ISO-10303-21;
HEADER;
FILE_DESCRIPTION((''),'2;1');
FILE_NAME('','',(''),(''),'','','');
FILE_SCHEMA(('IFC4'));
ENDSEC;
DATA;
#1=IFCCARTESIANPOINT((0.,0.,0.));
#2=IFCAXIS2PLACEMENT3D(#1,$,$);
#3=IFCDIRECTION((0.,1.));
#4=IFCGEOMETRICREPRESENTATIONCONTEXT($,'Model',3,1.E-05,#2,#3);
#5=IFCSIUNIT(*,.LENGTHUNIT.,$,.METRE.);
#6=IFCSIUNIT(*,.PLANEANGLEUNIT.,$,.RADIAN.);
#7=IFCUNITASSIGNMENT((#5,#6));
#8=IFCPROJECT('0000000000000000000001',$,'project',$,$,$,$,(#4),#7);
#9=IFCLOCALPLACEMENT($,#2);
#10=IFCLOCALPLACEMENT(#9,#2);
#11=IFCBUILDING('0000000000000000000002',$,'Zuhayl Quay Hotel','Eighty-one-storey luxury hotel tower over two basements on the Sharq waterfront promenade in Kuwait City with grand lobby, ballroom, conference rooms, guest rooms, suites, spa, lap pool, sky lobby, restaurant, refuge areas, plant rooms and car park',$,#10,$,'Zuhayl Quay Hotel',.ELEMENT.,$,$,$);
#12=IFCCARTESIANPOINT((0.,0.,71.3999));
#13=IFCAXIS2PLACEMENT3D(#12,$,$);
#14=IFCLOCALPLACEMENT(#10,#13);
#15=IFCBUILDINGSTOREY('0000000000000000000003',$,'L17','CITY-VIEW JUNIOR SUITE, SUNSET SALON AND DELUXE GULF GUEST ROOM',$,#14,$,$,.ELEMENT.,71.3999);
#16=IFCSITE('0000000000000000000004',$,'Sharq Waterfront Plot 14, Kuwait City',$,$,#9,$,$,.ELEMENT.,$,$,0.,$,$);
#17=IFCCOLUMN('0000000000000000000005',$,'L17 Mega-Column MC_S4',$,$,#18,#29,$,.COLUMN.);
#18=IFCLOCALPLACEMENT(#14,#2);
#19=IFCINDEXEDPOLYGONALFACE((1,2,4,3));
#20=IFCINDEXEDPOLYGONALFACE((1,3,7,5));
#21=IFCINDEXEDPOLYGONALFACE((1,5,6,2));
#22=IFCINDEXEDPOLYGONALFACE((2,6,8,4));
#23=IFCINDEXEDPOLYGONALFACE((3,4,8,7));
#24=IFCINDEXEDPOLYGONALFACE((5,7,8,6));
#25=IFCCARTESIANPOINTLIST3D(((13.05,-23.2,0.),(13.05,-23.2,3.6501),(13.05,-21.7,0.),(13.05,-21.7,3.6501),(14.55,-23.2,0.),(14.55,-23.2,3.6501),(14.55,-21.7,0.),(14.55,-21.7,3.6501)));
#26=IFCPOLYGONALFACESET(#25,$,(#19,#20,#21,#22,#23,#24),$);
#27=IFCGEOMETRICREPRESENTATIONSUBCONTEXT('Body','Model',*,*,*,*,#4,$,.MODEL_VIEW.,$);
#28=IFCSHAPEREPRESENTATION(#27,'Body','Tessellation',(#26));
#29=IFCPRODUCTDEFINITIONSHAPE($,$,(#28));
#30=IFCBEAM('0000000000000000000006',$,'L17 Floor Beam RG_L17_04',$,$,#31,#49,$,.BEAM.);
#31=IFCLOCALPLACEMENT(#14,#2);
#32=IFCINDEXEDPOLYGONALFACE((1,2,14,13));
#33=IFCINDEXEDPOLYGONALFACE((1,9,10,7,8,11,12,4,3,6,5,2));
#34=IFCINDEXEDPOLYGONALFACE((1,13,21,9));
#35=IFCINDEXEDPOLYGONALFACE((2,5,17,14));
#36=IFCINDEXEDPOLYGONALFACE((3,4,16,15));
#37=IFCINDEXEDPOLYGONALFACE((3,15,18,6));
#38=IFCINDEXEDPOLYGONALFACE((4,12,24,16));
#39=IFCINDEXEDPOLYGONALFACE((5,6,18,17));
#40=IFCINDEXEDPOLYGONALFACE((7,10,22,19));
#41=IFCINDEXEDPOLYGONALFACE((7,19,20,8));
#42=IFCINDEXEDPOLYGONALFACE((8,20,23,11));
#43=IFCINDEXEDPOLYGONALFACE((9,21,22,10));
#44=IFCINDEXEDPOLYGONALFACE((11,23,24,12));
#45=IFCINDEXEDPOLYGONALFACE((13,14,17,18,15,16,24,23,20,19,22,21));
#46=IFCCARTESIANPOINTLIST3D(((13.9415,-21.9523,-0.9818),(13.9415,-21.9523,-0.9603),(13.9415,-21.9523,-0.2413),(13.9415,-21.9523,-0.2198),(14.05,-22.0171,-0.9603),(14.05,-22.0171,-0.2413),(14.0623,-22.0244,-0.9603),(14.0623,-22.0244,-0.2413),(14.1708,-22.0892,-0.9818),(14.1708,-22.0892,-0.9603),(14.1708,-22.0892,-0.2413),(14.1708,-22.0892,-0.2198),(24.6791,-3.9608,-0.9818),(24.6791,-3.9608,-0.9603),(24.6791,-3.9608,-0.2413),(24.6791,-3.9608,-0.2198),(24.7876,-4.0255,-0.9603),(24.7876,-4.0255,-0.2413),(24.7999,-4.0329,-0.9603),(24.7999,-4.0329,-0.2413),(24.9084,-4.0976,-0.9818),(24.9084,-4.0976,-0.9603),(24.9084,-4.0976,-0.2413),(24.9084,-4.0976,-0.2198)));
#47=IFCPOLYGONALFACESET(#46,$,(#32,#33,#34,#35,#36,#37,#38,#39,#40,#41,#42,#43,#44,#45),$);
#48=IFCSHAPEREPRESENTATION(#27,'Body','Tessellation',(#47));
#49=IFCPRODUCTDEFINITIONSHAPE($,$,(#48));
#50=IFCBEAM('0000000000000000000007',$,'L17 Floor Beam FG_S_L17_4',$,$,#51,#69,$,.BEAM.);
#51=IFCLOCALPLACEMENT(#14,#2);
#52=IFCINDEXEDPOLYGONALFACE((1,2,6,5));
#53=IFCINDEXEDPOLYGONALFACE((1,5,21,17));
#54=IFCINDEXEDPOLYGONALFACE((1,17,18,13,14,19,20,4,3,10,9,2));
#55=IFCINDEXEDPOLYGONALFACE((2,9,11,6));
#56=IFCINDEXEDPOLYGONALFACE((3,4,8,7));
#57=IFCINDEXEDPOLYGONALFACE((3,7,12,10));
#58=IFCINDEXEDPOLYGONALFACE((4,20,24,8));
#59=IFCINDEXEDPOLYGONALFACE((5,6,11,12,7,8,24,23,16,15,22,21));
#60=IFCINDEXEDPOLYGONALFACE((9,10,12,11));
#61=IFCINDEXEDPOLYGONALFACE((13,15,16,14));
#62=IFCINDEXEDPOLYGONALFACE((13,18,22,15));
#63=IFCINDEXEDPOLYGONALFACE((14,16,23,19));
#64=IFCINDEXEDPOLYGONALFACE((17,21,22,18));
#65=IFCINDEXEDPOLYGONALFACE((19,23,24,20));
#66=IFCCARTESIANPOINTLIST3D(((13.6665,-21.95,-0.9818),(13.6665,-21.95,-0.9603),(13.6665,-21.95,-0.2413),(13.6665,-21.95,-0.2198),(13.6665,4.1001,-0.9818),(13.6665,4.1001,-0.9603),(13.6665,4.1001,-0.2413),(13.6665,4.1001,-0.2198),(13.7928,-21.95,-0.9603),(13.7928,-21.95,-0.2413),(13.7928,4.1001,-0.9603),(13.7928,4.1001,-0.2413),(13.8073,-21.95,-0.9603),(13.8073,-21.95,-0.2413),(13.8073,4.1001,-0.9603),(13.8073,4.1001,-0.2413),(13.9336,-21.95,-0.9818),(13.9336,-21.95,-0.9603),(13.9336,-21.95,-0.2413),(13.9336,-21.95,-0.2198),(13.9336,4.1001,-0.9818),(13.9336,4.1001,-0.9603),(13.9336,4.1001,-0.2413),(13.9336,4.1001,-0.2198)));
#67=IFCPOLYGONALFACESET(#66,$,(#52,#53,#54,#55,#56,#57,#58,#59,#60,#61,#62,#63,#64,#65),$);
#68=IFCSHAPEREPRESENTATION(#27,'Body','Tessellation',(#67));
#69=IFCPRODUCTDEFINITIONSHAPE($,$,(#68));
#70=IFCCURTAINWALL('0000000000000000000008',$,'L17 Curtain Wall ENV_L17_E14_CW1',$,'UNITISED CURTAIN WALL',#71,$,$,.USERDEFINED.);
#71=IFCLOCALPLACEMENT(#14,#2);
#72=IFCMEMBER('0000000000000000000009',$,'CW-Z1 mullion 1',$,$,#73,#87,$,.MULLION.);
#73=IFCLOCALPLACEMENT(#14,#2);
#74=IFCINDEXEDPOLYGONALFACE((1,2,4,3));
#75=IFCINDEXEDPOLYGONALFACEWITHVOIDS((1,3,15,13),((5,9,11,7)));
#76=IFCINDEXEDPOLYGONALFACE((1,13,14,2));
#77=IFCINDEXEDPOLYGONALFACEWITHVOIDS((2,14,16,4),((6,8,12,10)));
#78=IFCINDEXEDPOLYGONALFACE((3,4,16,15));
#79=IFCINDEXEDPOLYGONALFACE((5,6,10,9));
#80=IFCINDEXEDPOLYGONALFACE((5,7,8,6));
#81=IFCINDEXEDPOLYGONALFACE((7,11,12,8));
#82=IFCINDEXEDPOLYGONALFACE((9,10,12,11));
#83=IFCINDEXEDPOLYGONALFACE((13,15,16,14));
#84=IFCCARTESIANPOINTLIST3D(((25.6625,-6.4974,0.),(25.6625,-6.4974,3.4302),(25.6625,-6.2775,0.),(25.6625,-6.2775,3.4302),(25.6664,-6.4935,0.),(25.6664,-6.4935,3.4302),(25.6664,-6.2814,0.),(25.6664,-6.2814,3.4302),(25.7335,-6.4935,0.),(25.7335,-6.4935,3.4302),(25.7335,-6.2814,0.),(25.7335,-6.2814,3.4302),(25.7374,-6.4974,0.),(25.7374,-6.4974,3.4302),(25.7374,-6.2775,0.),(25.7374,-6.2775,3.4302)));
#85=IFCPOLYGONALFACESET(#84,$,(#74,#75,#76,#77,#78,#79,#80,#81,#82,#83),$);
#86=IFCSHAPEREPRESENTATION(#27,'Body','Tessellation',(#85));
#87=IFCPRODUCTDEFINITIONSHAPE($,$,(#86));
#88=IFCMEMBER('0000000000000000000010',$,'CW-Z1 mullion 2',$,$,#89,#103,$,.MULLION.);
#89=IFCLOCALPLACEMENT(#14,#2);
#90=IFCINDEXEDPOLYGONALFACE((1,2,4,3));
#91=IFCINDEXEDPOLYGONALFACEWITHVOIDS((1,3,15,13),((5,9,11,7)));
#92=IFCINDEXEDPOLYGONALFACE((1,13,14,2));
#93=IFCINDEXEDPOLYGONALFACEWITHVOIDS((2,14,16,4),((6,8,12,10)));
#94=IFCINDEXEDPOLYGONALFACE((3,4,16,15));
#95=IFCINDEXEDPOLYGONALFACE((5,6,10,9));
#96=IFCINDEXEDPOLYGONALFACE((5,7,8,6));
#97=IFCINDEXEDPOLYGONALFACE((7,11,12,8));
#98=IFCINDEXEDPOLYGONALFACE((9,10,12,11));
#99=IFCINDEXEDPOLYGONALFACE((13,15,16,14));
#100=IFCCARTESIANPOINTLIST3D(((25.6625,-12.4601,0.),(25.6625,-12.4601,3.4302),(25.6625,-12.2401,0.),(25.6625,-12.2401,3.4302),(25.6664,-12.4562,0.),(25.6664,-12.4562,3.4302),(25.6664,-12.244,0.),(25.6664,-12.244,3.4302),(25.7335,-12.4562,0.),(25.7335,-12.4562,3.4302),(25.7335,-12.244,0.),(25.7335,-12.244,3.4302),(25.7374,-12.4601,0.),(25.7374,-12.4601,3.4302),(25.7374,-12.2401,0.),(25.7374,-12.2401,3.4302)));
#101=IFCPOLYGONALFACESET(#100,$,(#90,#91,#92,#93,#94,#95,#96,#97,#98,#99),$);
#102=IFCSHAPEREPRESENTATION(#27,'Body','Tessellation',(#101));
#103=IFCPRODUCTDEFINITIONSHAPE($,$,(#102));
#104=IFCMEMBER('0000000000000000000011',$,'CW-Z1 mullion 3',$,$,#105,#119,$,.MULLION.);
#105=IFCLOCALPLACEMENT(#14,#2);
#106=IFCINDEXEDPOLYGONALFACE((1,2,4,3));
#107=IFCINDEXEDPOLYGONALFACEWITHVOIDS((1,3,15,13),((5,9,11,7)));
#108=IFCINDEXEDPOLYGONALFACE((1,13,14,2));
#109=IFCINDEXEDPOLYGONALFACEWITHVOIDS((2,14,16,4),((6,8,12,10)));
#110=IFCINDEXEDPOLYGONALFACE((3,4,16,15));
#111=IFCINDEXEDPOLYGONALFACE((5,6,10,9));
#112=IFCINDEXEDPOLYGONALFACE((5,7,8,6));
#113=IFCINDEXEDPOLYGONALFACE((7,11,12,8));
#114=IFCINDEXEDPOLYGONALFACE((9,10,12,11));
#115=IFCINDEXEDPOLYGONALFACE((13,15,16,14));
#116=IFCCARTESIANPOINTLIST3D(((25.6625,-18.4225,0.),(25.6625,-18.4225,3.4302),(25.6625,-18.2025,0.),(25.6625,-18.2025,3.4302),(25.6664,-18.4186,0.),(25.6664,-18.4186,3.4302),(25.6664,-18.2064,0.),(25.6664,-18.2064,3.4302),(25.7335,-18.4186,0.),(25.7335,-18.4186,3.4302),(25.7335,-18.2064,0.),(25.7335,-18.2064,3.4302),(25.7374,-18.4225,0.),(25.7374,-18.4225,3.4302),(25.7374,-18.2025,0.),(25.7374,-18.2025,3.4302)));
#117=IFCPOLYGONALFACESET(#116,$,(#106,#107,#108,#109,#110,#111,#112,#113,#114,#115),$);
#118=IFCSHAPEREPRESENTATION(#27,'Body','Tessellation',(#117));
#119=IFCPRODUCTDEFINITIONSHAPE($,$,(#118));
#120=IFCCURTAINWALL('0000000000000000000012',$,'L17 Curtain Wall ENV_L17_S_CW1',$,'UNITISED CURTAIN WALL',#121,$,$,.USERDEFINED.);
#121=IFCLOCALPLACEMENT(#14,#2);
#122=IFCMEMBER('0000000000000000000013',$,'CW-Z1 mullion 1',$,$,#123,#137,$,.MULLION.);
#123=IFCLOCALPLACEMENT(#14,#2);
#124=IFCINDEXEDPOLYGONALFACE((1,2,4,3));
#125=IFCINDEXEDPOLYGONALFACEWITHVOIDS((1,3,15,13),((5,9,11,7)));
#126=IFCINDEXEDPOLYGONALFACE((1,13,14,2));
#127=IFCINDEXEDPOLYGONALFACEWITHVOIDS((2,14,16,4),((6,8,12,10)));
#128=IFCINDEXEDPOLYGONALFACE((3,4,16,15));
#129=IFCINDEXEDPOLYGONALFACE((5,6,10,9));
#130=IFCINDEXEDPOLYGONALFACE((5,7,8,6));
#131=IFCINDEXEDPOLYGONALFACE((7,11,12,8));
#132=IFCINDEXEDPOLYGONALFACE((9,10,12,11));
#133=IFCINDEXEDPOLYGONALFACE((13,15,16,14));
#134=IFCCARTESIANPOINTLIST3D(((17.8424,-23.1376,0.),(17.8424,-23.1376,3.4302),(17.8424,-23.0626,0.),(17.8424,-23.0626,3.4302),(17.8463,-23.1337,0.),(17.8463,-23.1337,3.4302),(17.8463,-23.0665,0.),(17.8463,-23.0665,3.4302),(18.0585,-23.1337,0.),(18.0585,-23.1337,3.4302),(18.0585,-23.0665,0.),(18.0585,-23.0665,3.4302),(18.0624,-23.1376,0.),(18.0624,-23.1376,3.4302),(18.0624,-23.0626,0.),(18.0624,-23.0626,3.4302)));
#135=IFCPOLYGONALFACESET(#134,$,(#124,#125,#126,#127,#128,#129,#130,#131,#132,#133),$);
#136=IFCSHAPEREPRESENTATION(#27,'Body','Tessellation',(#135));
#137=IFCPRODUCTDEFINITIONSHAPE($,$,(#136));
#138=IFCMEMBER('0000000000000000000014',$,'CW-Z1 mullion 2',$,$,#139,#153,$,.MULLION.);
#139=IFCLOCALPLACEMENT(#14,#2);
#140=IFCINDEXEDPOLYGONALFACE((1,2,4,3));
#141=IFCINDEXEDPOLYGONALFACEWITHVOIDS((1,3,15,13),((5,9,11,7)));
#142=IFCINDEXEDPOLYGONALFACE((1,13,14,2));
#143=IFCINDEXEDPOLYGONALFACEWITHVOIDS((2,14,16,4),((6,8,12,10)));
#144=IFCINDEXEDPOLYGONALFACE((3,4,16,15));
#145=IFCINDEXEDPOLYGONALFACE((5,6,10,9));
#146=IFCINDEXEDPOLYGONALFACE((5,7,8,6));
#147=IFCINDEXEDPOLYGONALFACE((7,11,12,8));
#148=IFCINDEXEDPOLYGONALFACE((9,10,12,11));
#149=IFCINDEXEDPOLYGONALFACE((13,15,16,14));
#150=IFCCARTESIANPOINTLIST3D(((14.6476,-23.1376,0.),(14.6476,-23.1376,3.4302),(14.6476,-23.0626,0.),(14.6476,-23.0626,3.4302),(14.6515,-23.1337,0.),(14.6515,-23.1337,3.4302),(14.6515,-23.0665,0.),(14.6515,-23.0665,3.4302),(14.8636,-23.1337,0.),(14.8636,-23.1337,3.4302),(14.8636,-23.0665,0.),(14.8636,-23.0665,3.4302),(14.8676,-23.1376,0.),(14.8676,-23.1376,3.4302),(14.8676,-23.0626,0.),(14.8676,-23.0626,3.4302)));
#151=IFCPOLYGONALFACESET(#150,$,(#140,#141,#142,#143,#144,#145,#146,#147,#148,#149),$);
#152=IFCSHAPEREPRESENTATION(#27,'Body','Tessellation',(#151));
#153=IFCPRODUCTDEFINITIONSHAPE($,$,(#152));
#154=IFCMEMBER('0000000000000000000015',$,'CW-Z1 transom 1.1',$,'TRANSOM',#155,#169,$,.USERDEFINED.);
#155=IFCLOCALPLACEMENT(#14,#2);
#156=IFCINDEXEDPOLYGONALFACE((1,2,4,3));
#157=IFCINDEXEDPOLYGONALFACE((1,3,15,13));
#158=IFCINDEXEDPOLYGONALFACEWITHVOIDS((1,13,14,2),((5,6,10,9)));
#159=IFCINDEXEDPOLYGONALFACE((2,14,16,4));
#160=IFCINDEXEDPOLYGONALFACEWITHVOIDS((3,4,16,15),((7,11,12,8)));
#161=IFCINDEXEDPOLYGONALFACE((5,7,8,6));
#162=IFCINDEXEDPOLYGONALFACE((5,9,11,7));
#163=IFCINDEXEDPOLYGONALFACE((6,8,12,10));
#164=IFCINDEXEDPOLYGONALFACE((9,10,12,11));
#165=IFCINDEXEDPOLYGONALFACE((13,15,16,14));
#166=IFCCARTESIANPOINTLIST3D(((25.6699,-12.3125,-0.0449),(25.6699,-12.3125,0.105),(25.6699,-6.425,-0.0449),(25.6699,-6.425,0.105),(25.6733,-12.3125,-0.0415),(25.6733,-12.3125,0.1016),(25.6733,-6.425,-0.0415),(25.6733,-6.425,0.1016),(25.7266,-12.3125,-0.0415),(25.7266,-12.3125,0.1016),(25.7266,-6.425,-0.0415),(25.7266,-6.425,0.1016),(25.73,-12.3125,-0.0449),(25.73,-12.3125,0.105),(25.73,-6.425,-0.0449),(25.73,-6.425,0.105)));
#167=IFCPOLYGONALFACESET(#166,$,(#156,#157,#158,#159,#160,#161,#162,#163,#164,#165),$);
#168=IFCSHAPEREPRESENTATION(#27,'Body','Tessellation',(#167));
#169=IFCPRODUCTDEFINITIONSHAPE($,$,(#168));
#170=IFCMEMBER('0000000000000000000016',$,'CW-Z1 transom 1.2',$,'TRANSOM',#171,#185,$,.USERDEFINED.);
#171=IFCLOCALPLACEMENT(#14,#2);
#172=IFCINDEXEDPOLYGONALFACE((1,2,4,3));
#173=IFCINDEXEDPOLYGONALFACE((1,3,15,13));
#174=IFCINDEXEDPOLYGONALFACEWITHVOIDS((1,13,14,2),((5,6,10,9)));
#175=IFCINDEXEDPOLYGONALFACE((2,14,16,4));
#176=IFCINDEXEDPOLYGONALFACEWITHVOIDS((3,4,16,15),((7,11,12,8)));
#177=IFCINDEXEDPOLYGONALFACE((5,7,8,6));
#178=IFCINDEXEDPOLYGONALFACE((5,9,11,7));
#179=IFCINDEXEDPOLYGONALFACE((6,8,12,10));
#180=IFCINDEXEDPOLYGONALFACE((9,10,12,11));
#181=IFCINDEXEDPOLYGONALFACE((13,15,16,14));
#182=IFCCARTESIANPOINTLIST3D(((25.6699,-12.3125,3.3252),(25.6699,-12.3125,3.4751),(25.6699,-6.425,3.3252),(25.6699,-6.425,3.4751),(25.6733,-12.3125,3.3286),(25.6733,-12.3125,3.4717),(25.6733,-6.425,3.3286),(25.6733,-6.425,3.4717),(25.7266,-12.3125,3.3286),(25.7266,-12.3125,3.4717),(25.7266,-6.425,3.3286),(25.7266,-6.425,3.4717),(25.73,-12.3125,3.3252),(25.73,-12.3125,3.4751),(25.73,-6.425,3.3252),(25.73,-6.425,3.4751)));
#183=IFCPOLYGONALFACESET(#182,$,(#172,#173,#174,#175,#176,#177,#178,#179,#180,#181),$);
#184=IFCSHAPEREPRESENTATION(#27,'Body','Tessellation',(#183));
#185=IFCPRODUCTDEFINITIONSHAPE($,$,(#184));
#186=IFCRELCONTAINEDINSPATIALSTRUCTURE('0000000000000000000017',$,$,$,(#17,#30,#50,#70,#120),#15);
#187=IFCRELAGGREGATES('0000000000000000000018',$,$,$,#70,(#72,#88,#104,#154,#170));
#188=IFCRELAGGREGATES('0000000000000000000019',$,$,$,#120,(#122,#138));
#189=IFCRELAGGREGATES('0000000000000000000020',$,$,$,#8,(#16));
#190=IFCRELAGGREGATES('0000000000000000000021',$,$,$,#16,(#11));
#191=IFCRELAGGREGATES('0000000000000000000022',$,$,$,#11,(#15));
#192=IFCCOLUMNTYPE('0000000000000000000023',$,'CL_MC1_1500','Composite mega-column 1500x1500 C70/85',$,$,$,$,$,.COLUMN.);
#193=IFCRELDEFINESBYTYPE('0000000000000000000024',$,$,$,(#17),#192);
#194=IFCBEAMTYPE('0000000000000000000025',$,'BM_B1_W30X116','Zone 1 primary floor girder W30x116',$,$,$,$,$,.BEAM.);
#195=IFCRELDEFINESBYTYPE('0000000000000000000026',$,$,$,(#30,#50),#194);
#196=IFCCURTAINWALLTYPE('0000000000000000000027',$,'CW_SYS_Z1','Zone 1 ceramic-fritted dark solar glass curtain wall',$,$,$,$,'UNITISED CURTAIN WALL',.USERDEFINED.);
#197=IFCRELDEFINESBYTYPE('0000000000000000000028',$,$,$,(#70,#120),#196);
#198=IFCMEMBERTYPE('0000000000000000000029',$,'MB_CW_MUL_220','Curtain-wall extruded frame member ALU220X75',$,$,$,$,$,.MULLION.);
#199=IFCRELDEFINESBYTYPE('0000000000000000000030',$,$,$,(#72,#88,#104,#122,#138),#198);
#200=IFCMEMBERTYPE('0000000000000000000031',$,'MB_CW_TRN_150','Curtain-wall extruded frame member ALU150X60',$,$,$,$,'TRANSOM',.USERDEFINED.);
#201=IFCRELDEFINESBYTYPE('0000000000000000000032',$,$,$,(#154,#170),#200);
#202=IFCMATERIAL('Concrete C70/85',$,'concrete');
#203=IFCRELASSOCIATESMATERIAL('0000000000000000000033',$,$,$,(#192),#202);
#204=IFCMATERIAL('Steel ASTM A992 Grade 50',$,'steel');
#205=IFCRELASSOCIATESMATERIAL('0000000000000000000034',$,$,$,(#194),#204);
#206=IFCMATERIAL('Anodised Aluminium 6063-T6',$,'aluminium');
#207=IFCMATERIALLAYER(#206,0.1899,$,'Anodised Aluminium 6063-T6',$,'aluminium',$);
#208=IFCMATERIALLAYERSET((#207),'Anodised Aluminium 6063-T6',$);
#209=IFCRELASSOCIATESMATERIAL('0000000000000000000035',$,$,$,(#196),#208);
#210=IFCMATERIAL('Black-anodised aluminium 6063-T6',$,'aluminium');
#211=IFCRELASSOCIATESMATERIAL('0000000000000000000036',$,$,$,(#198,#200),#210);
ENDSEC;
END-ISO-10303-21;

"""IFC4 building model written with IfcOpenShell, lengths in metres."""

from ifc_helpers import new_model, si_unit, direction, frame, origin, origin_2d, place, context, subcontext, project, spatial, rectangle, hollow_rectangle, i_section, extrude, material, layer, layer_set, material_profile, profile_set, type_object, element, aggregate, save


model = new_model("IFC4")

# Units and contexts
model_context = context("Model", 3, precision=1e-05, world=origin(), true_north=direction((0.0, 1.0)))
body_context = subcontext(model_context, "Body", "Model", "MODEL_VIEW")
ifc_project = project(units=[si_unit("LENGTHUNIT", "METRE"), si_unit("PLANEANGLEUNIT", "RADIAN")], contexts=[model_context])

# Site, building, storey
site_placement = place(None, origin())
site = spatial("IfcSite", under=ifc_project, at=site_placement, Name="Sharq Waterfront Plot 14, Kuwait City", CompositionType="ELEMENT", RefElevation=0.0)
building_placement = place(site_placement, origin())
building = spatial("IfcBuilding", under=site, at=building_placement, Name="Zuhayl Quay Hotel", Description="Eighty-one-storey luxury hotel tower over two basements on the Sharq waterfront promenade in Kuwait City with grand lobby, ballroom, conference rooms, guest rooms, suites, spa, lap pool, sky lobby, restaurant, refuge areas, plant rooms and car park", LongName="Zuhayl Quay Hotel", CompositionType="ELEMENT")
storey_placement = place(building_placement, frame((0.0, 0.0, 71.3999)))
storey = spatial("IfcBuildingStorey", under=building, at=storey_placement, Name="L17", Description="CITY-VIEW JUNIOR SUITE, SUNSET SALON AND DELUXE GULF GUEST ROOM", CompositionType="ELEMENT", Elevation=71.3999)

# Column
ifc_material_1 = material(Name="Concrete C70/85", Category="concrete")
ifc_material_profile_1 = material_profile(ifc_material_1, rectangle(XDim=1.5, YDim=1.5, at=origin_2d()), Name="RC1500X1500")
ifc_profile_set_1 = profile_set([ifc_material_profile_1], Name="Concrete C70/85")
column_type = type_object("IfcColumnType", Name="CL_MC1_1500", Description="Composite mega-column 1500x1500 C70/85", PredefinedType="COLUMN", material=ifc_profile_set_1)
column_placement = place(storey_placement, frame((13.8, -22.45, 0.0), z_axis=(0.0, 0.0, 1.0), x_axis=(1.0, 0.0, 0.0)))
element("IfcColumn", 1, at=column_placement, inside=storey, type_object=column_type, Name="L17 Mega-Column MC_S4", PredefinedType="COLUMN", context=body_context, shape_type="SweptSolid", body=[
    extrude(rectangle(XDim=1.5, YDim=1.5, at=origin_2d()), origin(), (0.0, 0.0, 1.0), 3.6501),
])

# Beams
ifc_material_2 = material(Name="Steel ASTM A992 Grade 50", Category="steel")
ifc_material_profile_2 = material_profile(ifc_material_2, i_section(OverallWidth=0.2671, OverallDepth=0.762, WebThickness=0.0144, FlangeThickness=0.0215, at=origin_2d()), Name="W30X116")
ifc_profile_set_2 = profile_set([ifc_material_profile_2], Name="Steel ASTM A992 Grade 50")
beam_type = type_object("IfcBeamType", Name="BM_B1_W30X116", Description="Zone 1 primary floor girder W30x116", PredefinedType="BEAM", material=ifc_profile_set_2)
beam_1_placement = place(storey_placement, frame((14.0562, -22.0208, -0.6008), z_axis=(0.512483, 0.858698, 0.0), x_axis=(-0.858698, 0.512483, 0.0)))
element("IfcBeam", 2, at=beam_1_placement, inside=storey, type_object=beam_type, Name="L17 Floor Beam RG_L17_04", PredefinedType="BEAM", context=body_context, shape_type="SweptSolid", body=[
    extrude(i_section(OverallWidth=0.2671, OverallDepth=0.762, WebThickness=0.0144, FlangeThickness=0.0215, at=origin_2d()), origin(), (0.0, 0.0, 1.0), 20.9521),
])
beam_2_placement = place(storey_placement, frame((13.8, -21.95, -0.6008), z_axis=(0.0, 1.0, 0.0), x_axis=(-1.0, 0.0, 0.0)))
element("IfcBeam", 3, at=beam_2_placement, inside=storey, type_object=beam_type, Name="L17 Floor Beam FG_S_L17_4", PredefinedType="BEAM", context=body_context, shape_type="SweptSolid", body=[
    extrude(i_section(OverallWidth=0.2671, OverallDepth=0.762, WebThickness=0.0144, FlangeThickness=0.0215, at=origin_2d()), origin(), (0.0, 0.0, 1.0), 26.05),
])

# Curtain walls, members
ifc_material_3 = material(Name="Anodised Aluminium 6063-T6", Category="aluminium")
ifc_layer_1 = layer(ifc_material_3, 0.1899, Name="Anodised Aluminium 6063-T6", Category="aluminium")
ifc_layer_set_1 = layer_set([ifc_layer_1], Name="Anodised Aluminium 6063-T6")
curtain_wall_type = type_object("IfcCurtainWallType", Name="CW_SYS_Z1", Description="Zone 1 ceramic-fritted dark solar glass curtain wall", ElementType="UNITISED CURTAIN WALL", PredefinedType="USERDEFINED", material=ifc_layer_set_1)
curtain_wall_1_placement = place(storey_placement, origin())
curtain_wall_1 = element("IfcCurtainWall", 4, at=curtain_wall_1_placement, inside=storey, type_object=curtain_wall_type, Name="L17 Curtain Wall ENV_L17_E14_CW1", ObjectType="UNITISED CURTAIN WALL", PredefinedType="USERDEFINED")
ifc_material_4 = material(Name="Black-anodised aluminium 6063-T6", Category="aluminium")
ifc_material_profile_3 = material_profile(ifc_material_4, hollow_rectangle(XDim=0.075, YDim=0.22, WallThickness=0.0039, at=origin_2d()), Name="ALU220X75")
ifc_profile_set_3 = profile_set([ifc_material_profile_3], Name="Black-anodised aluminium 6063-T6")
member_type_1 = type_object("IfcMemberType", Name="MB_CW_MUL_220", Description="Curtain-wall extruded frame member ALU220X75", PredefinedType="MULLION", material=ifc_profile_set_3)
member_1_placement = place(storey_placement, frame((25.7, -6.3875, 0.0), z_axis=(0.0, 0.0, 1.0), x_axis=(1.0, 0.0, 0.0)))
member_1 = element("IfcMember", 5, at=member_1_placement, type_object=member_type_1, Name="CW-Z1 mullion 1", PredefinedType="MULLION", context=body_context, shape_type="SweptSolid", body=[
    extrude(hollow_rectangle(XDim=0.075, YDim=0.22, WallThickness=0.0039, at=origin_2d()), origin(), (0.0, 0.0, 1.0), 3.4302),
])
member_2_placement = place(storey_placement, frame((25.7, -12.3501, 0.0), z_axis=(0.0, 0.0, 1.0), x_axis=(1.0, 0.0, 0.0)))
member_2 = element("IfcMember", 6, at=member_2_placement, type_object=member_type_1, Name="CW-Z1 mullion 2", PredefinedType="MULLION", context=body_context, shape_type="SweptSolid", body=[
    extrude(hollow_rectangle(XDim=0.075, YDim=0.22, WallThickness=0.0039, at=origin_2d()), origin(), (0.0, 0.0, 1.0), 3.4302),
])
member_3_placement = place(storey_placement, frame((25.7, -18.3125, 0.0), z_axis=(0.0, 0.0, 1.0), x_axis=(1.0, 0.0, 0.0)))
member_3 = element("IfcMember", 7, at=member_3_placement, type_object=member_type_1, Name="CW-Z1 mullion 3", PredefinedType="MULLION", context=body_context, shape_type="SweptSolid", body=[
    extrude(hollow_rectangle(XDim=0.075, YDim=0.22, WallThickness=0.0039, at=origin_2d()), origin(), (0.0, 0.0, 1.0), 3.4302),
])
curtain_wall_2_placement = place(storey_placement, origin())
curtain_wall_2 = element("IfcCurtainWall", 8, at=curtain_wall_2_placement, inside=storey, type_object=curtain_wall_type, Name="L17 Curtain Wall ENV_L17_S_CW1", ObjectType="UNITISED CURTAIN WALL", PredefinedType="USERDEFINED")
member_4_placement = place(storey_placement, frame((17.9524, -23.1001, 0.0), z_axis=(0.0, 0.0, 1.0), x_axis=(0.0, -1.0, 0.0)))
member_4 = element("IfcMember", 9, at=member_4_placement, type_object=member_type_1, Name="CW-Z1 mullion 1", PredefinedType="MULLION", context=body_context, shape_type="SweptSolid", body=[
    extrude(hollow_rectangle(XDim=0.075, YDim=0.22, WallThickness=0.0039, at=origin_2d()), origin(), (0.0, 0.0, 1.0), 3.4302),
])
member_5_placement = place(storey_placement, frame((14.7576, -23.1001, 0.0), z_axis=(0.0, 0.0, 1.0), x_axis=(0.0, -1.0, 0.0)))
member_5 = element("IfcMember", 10, at=member_5_placement, type_object=member_type_1, Name="CW-Z1 mullion 2", PredefinedType="MULLION", context=body_context, shape_type="SweptSolid", body=[
    extrude(hollow_rectangle(XDim=0.075, YDim=0.22, WallThickness=0.0039, at=origin_2d()), origin(), (0.0, 0.0, 1.0), 3.4302),
])

# Members
ifc_material_profile_4 = material_profile(ifc_material_4, hollow_rectangle(XDim=0.0601, YDim=0.1499, WallThickness=0.0034, at=origin_2d()), Name="ALU150X60")
ifc_profile_set_4 = profile_set([ifc_material_profile_4], Name="Black-anodised aluminium 6063-T6")
member_type_2 = type_object("IfcMemberType", Name="MB_CW_TRN_150", Description="Curtain-wall extruded frame member ALU150X60", ElementType="TRANSOM", PredefinedType="USERDEFINED", material=ifc_profile_set_4)
member_6_placement = place(storey_placement, frame((25.7, -6.425, 0.03), z_axis=(0.0, -1.0, 0.0), x_axis=(1.0, 0.0, 0.0)))
member_6 = element("IfcMember", 11, at=member_6_placement, type_object=member_type_2, Name="CW-Z1 transom 1.1", ObjectType="TRANSOM", PredefinedType="USERDEFINED", context=body_context, shape_type="SweptSolid", body=[
    extrude(hollow_rectangle(XDim=0.0601, YDim=0.1499, WallThickness=0.0034, at=origin_2d()), origin(), (0.0, 0.0, 1.0), 5.8875),
])
member_7_placement = place(storey_placement, frame((25.7, -6.425, 3.4001), z_axis=(0.0, -1.0, 0.0), x_axis=(1.0, 0.0, 0.0)))
member_7 = element("IfcMember", 12, at=member_7_placement, type_object=member_type_2, Name="CW-Z1 transom 1.2", ObjectType="TRANSOM", PredefinedType="USERDEFINED", context=body_context, shape_type="SweptSolid", body=[
    extrude(hollow_rectangle(XDim=0.0601, YDim=0.1499, WallThickness=0.0034, at=origin_2d()), origin(), (0.0, 0.0, 1.0), 5.8875),
])

aggregate(curtain_wall_1, [member_1, member_2, member_3, member_6, member_7])
aggregate(curtain_wall_2, [member_4, member_5])

save(model, "model.ifc")
